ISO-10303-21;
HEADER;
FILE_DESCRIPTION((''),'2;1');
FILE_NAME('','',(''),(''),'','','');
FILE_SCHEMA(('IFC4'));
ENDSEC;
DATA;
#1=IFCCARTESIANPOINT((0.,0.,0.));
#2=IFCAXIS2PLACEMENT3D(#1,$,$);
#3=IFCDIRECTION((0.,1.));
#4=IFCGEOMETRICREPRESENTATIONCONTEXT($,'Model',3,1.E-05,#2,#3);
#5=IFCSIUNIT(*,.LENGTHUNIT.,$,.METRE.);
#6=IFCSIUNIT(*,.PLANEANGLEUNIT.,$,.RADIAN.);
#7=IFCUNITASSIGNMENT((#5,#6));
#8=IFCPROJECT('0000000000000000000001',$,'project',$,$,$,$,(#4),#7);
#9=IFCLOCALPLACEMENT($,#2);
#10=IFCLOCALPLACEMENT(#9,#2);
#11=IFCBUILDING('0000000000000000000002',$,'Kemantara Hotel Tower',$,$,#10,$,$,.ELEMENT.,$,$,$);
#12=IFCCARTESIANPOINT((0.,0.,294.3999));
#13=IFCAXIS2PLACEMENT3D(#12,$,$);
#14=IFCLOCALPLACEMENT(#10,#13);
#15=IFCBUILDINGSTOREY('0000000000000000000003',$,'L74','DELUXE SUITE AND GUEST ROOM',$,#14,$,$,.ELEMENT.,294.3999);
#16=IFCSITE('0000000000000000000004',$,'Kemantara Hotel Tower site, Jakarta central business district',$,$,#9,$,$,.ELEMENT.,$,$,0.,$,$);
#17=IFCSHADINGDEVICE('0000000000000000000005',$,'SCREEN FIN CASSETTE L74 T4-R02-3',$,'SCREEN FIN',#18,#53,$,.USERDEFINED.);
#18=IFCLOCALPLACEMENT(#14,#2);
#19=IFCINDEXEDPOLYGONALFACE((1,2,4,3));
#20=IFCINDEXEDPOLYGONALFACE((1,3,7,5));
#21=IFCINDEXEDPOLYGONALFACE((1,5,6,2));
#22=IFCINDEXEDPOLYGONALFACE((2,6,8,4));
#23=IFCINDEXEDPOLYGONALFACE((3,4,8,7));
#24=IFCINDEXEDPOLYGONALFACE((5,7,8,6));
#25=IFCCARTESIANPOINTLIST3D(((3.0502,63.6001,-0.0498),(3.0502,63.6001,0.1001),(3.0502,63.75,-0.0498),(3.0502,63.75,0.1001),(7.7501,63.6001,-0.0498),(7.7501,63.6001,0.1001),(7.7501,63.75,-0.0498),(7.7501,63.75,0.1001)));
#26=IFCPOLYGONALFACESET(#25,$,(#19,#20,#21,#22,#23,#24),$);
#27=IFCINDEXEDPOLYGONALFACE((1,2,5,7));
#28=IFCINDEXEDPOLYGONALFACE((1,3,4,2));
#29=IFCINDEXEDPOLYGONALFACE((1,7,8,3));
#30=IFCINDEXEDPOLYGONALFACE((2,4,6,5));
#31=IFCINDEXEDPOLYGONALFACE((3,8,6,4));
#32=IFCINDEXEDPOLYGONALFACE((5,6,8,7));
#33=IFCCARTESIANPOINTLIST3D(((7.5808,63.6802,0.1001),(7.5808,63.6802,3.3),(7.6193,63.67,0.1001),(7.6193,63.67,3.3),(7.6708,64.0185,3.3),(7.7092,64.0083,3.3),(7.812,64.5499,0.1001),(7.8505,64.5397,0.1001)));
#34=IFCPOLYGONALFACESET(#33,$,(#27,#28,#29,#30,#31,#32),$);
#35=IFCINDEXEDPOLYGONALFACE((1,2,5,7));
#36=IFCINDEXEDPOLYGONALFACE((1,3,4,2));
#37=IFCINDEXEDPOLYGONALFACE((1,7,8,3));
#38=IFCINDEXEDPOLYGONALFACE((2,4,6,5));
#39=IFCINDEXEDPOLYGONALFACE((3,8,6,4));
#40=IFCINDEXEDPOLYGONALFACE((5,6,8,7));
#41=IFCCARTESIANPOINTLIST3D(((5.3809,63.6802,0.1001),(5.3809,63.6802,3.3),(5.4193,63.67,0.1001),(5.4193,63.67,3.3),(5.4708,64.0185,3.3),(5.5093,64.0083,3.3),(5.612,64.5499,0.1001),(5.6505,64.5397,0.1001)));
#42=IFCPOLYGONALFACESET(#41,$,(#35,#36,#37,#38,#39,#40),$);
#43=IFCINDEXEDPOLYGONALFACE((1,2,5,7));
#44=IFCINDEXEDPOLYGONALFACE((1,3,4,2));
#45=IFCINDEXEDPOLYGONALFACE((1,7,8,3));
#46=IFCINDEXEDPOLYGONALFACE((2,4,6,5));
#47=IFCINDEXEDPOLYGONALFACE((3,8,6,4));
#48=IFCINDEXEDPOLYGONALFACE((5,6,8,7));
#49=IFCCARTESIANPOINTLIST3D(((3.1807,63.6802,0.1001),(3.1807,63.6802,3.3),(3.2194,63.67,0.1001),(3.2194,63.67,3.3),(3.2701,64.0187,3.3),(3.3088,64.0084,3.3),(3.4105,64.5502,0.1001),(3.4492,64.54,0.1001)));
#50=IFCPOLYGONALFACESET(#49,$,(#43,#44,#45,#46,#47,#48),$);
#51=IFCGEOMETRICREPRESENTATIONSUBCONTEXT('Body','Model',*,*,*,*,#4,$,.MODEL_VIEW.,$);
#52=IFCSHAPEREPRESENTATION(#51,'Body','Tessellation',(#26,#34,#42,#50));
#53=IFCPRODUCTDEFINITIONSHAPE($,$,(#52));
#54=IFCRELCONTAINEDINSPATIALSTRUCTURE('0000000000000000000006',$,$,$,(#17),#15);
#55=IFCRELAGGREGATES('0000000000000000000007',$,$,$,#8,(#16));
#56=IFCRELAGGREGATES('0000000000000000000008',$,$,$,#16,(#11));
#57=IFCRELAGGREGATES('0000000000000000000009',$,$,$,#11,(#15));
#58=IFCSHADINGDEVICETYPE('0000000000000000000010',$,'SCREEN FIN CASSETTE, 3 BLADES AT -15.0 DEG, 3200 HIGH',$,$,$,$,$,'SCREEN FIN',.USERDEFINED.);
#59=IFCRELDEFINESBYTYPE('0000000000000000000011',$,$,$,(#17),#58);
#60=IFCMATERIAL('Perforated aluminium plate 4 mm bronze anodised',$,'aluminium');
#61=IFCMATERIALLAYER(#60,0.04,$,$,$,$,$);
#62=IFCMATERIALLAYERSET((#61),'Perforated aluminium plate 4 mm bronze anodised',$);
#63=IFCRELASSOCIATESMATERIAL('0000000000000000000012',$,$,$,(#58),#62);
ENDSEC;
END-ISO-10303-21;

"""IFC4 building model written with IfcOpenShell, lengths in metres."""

from ifc_helpers import new_model, si_unit, direction, frame, origin, origin_2d, place, context, subcontext, project, spatial, polyline, rectangle, outline, extrude, source, transform, mapped, material, layer, layer_set, type_object, element, save


model = new_model("IFC4")

# Units and contexts
model_context = context("Model", 3, precision=1e-05, world=origin(), true_north=direction((0.0, 1.0)))
body_context = subcontext(model_context, "Body", "Model", "MODEL_VIEW")
ifc_project = project(units=[si_unit("LENGTHUNIT", "METRE"), si_unit("PLANEANGLEUNIT", "RADIAN")], contexts=[model_context])

# Site, building, storey
site_placement = place(None, origin())
site = spatial("IfcSite", under=ifc_project, at=site_placement, Name="Kemantara Hotel Tower site, Jakarta central business district", CompositionType="ELEMENT", RefElevation=0.0)
building_placement = place(site_placement, origin())
building = spatial("IfcBuilding", under=site, at=building_placement, Name="Kemantara Hotel Tower", CompositionType="ELEMENT")
storey_placement = place(building_placement, frame((0.0, 0.0, 294.3999)))
storey = spatial("IfcBuildingStorey", under=building, at=storey_placement, Name="L74", Description="DELUXE SUITE AND GUEST ROOM", CompositionType="ELEMENT", Elevation=294.3999)

# Shading device
ifc_material_1 = material(Name="Perforated aluminium plate 4 mm bronze anodised", Category="aluminium")
ifc_layer_1 = layer(ifc_material_1, 0.04)
ifc_layer_set_1 = layer_set([ifc_layer_1], Name="Perforated aluminium plate 4 mm bronze anodised")
shading_device_type = type_object("IfcShadingDeviceType", Name="SCREEN FIN CASSETTE, 3 BLADES AT -15.0 DEG, 3200 HIGH", ElementType="SCREEN FIN", PredefinedType="USERDEFINED", material=ifc_layer_set_1)
shared_shape_1 = source(origin(), body_context, "Body", "SweptSolid", [
    extrude(rectangle(XDim=4.7, YDim=0.1499, at=origin_2d()), frame((2.2, -0.075, -0.1499), z_axis=(0.0, 0.0, 1.0), x_axis=(1.0, 0.0, 0.0)), (0.0, 0.0, 1.0), 0.1499),
    extrude(outline(polyline([(0.0, 0.0), (0.8999, 0.0), (0.3501, 3.2), (0.0, 3.2), (0.0, 0.0)])), frame((0.0193, -0.0801, 0.0), z_axis=(-0.966438, 0.256901, 0.0), x_axis=(-0.256901, -0.966438, 0.0)), (0.0, 0.0, 1.0), 0.0398),
    extrude(outline(polyline([(0.0, 0.0), (0.8999, 0.0), (0.3501, 3.2), (0.0, 3.2), (0.0, 0.0)])), frame((2.2192, -0.0801, 0.0), z_axis=(-0.966438, 0.256901, 0.0), x_axis=(-0.256901, -0.966438, 0.0)), (0.0, 0.0, 1.0), 0.0398),
    extrude(outline(polyline([(0.0, 0.0), (0.8999, 0.0), (0.3501, 3.2), (0.0, 3.2), (0.0, 0.0)])), frame((4.4194, -0.0801, 0.0), z_axis=(-0.966838, 0.255391, 0.0), x_axis=(-0.255391, -0.966838, 0.0)), (0.0, 0.0, 1.0), 0.04),
])
shading_device_placement = place(storey_placement, frame((7.6001, 63.6001, 0.1001), z_axis=(0.0, 0.0, 1.0), x_axis=(-1.0, 0.0, 0.0)))
element("IfcShadingDevice", 1, at=shading_device_placement, inside=storey, type_object=shading_device_type, Name="SCREEN FIN CASSETTE L74 T4-R02-3", ObjectType="SCREEN FIN", PredefinedType="USERDEFINED", context=body_context, shape_type="MappedRepresentation", body=[
    mapped(shared_shape_1, transform((0.0, 0.0, 0.0))),
])

save(model, "model.ifc")
